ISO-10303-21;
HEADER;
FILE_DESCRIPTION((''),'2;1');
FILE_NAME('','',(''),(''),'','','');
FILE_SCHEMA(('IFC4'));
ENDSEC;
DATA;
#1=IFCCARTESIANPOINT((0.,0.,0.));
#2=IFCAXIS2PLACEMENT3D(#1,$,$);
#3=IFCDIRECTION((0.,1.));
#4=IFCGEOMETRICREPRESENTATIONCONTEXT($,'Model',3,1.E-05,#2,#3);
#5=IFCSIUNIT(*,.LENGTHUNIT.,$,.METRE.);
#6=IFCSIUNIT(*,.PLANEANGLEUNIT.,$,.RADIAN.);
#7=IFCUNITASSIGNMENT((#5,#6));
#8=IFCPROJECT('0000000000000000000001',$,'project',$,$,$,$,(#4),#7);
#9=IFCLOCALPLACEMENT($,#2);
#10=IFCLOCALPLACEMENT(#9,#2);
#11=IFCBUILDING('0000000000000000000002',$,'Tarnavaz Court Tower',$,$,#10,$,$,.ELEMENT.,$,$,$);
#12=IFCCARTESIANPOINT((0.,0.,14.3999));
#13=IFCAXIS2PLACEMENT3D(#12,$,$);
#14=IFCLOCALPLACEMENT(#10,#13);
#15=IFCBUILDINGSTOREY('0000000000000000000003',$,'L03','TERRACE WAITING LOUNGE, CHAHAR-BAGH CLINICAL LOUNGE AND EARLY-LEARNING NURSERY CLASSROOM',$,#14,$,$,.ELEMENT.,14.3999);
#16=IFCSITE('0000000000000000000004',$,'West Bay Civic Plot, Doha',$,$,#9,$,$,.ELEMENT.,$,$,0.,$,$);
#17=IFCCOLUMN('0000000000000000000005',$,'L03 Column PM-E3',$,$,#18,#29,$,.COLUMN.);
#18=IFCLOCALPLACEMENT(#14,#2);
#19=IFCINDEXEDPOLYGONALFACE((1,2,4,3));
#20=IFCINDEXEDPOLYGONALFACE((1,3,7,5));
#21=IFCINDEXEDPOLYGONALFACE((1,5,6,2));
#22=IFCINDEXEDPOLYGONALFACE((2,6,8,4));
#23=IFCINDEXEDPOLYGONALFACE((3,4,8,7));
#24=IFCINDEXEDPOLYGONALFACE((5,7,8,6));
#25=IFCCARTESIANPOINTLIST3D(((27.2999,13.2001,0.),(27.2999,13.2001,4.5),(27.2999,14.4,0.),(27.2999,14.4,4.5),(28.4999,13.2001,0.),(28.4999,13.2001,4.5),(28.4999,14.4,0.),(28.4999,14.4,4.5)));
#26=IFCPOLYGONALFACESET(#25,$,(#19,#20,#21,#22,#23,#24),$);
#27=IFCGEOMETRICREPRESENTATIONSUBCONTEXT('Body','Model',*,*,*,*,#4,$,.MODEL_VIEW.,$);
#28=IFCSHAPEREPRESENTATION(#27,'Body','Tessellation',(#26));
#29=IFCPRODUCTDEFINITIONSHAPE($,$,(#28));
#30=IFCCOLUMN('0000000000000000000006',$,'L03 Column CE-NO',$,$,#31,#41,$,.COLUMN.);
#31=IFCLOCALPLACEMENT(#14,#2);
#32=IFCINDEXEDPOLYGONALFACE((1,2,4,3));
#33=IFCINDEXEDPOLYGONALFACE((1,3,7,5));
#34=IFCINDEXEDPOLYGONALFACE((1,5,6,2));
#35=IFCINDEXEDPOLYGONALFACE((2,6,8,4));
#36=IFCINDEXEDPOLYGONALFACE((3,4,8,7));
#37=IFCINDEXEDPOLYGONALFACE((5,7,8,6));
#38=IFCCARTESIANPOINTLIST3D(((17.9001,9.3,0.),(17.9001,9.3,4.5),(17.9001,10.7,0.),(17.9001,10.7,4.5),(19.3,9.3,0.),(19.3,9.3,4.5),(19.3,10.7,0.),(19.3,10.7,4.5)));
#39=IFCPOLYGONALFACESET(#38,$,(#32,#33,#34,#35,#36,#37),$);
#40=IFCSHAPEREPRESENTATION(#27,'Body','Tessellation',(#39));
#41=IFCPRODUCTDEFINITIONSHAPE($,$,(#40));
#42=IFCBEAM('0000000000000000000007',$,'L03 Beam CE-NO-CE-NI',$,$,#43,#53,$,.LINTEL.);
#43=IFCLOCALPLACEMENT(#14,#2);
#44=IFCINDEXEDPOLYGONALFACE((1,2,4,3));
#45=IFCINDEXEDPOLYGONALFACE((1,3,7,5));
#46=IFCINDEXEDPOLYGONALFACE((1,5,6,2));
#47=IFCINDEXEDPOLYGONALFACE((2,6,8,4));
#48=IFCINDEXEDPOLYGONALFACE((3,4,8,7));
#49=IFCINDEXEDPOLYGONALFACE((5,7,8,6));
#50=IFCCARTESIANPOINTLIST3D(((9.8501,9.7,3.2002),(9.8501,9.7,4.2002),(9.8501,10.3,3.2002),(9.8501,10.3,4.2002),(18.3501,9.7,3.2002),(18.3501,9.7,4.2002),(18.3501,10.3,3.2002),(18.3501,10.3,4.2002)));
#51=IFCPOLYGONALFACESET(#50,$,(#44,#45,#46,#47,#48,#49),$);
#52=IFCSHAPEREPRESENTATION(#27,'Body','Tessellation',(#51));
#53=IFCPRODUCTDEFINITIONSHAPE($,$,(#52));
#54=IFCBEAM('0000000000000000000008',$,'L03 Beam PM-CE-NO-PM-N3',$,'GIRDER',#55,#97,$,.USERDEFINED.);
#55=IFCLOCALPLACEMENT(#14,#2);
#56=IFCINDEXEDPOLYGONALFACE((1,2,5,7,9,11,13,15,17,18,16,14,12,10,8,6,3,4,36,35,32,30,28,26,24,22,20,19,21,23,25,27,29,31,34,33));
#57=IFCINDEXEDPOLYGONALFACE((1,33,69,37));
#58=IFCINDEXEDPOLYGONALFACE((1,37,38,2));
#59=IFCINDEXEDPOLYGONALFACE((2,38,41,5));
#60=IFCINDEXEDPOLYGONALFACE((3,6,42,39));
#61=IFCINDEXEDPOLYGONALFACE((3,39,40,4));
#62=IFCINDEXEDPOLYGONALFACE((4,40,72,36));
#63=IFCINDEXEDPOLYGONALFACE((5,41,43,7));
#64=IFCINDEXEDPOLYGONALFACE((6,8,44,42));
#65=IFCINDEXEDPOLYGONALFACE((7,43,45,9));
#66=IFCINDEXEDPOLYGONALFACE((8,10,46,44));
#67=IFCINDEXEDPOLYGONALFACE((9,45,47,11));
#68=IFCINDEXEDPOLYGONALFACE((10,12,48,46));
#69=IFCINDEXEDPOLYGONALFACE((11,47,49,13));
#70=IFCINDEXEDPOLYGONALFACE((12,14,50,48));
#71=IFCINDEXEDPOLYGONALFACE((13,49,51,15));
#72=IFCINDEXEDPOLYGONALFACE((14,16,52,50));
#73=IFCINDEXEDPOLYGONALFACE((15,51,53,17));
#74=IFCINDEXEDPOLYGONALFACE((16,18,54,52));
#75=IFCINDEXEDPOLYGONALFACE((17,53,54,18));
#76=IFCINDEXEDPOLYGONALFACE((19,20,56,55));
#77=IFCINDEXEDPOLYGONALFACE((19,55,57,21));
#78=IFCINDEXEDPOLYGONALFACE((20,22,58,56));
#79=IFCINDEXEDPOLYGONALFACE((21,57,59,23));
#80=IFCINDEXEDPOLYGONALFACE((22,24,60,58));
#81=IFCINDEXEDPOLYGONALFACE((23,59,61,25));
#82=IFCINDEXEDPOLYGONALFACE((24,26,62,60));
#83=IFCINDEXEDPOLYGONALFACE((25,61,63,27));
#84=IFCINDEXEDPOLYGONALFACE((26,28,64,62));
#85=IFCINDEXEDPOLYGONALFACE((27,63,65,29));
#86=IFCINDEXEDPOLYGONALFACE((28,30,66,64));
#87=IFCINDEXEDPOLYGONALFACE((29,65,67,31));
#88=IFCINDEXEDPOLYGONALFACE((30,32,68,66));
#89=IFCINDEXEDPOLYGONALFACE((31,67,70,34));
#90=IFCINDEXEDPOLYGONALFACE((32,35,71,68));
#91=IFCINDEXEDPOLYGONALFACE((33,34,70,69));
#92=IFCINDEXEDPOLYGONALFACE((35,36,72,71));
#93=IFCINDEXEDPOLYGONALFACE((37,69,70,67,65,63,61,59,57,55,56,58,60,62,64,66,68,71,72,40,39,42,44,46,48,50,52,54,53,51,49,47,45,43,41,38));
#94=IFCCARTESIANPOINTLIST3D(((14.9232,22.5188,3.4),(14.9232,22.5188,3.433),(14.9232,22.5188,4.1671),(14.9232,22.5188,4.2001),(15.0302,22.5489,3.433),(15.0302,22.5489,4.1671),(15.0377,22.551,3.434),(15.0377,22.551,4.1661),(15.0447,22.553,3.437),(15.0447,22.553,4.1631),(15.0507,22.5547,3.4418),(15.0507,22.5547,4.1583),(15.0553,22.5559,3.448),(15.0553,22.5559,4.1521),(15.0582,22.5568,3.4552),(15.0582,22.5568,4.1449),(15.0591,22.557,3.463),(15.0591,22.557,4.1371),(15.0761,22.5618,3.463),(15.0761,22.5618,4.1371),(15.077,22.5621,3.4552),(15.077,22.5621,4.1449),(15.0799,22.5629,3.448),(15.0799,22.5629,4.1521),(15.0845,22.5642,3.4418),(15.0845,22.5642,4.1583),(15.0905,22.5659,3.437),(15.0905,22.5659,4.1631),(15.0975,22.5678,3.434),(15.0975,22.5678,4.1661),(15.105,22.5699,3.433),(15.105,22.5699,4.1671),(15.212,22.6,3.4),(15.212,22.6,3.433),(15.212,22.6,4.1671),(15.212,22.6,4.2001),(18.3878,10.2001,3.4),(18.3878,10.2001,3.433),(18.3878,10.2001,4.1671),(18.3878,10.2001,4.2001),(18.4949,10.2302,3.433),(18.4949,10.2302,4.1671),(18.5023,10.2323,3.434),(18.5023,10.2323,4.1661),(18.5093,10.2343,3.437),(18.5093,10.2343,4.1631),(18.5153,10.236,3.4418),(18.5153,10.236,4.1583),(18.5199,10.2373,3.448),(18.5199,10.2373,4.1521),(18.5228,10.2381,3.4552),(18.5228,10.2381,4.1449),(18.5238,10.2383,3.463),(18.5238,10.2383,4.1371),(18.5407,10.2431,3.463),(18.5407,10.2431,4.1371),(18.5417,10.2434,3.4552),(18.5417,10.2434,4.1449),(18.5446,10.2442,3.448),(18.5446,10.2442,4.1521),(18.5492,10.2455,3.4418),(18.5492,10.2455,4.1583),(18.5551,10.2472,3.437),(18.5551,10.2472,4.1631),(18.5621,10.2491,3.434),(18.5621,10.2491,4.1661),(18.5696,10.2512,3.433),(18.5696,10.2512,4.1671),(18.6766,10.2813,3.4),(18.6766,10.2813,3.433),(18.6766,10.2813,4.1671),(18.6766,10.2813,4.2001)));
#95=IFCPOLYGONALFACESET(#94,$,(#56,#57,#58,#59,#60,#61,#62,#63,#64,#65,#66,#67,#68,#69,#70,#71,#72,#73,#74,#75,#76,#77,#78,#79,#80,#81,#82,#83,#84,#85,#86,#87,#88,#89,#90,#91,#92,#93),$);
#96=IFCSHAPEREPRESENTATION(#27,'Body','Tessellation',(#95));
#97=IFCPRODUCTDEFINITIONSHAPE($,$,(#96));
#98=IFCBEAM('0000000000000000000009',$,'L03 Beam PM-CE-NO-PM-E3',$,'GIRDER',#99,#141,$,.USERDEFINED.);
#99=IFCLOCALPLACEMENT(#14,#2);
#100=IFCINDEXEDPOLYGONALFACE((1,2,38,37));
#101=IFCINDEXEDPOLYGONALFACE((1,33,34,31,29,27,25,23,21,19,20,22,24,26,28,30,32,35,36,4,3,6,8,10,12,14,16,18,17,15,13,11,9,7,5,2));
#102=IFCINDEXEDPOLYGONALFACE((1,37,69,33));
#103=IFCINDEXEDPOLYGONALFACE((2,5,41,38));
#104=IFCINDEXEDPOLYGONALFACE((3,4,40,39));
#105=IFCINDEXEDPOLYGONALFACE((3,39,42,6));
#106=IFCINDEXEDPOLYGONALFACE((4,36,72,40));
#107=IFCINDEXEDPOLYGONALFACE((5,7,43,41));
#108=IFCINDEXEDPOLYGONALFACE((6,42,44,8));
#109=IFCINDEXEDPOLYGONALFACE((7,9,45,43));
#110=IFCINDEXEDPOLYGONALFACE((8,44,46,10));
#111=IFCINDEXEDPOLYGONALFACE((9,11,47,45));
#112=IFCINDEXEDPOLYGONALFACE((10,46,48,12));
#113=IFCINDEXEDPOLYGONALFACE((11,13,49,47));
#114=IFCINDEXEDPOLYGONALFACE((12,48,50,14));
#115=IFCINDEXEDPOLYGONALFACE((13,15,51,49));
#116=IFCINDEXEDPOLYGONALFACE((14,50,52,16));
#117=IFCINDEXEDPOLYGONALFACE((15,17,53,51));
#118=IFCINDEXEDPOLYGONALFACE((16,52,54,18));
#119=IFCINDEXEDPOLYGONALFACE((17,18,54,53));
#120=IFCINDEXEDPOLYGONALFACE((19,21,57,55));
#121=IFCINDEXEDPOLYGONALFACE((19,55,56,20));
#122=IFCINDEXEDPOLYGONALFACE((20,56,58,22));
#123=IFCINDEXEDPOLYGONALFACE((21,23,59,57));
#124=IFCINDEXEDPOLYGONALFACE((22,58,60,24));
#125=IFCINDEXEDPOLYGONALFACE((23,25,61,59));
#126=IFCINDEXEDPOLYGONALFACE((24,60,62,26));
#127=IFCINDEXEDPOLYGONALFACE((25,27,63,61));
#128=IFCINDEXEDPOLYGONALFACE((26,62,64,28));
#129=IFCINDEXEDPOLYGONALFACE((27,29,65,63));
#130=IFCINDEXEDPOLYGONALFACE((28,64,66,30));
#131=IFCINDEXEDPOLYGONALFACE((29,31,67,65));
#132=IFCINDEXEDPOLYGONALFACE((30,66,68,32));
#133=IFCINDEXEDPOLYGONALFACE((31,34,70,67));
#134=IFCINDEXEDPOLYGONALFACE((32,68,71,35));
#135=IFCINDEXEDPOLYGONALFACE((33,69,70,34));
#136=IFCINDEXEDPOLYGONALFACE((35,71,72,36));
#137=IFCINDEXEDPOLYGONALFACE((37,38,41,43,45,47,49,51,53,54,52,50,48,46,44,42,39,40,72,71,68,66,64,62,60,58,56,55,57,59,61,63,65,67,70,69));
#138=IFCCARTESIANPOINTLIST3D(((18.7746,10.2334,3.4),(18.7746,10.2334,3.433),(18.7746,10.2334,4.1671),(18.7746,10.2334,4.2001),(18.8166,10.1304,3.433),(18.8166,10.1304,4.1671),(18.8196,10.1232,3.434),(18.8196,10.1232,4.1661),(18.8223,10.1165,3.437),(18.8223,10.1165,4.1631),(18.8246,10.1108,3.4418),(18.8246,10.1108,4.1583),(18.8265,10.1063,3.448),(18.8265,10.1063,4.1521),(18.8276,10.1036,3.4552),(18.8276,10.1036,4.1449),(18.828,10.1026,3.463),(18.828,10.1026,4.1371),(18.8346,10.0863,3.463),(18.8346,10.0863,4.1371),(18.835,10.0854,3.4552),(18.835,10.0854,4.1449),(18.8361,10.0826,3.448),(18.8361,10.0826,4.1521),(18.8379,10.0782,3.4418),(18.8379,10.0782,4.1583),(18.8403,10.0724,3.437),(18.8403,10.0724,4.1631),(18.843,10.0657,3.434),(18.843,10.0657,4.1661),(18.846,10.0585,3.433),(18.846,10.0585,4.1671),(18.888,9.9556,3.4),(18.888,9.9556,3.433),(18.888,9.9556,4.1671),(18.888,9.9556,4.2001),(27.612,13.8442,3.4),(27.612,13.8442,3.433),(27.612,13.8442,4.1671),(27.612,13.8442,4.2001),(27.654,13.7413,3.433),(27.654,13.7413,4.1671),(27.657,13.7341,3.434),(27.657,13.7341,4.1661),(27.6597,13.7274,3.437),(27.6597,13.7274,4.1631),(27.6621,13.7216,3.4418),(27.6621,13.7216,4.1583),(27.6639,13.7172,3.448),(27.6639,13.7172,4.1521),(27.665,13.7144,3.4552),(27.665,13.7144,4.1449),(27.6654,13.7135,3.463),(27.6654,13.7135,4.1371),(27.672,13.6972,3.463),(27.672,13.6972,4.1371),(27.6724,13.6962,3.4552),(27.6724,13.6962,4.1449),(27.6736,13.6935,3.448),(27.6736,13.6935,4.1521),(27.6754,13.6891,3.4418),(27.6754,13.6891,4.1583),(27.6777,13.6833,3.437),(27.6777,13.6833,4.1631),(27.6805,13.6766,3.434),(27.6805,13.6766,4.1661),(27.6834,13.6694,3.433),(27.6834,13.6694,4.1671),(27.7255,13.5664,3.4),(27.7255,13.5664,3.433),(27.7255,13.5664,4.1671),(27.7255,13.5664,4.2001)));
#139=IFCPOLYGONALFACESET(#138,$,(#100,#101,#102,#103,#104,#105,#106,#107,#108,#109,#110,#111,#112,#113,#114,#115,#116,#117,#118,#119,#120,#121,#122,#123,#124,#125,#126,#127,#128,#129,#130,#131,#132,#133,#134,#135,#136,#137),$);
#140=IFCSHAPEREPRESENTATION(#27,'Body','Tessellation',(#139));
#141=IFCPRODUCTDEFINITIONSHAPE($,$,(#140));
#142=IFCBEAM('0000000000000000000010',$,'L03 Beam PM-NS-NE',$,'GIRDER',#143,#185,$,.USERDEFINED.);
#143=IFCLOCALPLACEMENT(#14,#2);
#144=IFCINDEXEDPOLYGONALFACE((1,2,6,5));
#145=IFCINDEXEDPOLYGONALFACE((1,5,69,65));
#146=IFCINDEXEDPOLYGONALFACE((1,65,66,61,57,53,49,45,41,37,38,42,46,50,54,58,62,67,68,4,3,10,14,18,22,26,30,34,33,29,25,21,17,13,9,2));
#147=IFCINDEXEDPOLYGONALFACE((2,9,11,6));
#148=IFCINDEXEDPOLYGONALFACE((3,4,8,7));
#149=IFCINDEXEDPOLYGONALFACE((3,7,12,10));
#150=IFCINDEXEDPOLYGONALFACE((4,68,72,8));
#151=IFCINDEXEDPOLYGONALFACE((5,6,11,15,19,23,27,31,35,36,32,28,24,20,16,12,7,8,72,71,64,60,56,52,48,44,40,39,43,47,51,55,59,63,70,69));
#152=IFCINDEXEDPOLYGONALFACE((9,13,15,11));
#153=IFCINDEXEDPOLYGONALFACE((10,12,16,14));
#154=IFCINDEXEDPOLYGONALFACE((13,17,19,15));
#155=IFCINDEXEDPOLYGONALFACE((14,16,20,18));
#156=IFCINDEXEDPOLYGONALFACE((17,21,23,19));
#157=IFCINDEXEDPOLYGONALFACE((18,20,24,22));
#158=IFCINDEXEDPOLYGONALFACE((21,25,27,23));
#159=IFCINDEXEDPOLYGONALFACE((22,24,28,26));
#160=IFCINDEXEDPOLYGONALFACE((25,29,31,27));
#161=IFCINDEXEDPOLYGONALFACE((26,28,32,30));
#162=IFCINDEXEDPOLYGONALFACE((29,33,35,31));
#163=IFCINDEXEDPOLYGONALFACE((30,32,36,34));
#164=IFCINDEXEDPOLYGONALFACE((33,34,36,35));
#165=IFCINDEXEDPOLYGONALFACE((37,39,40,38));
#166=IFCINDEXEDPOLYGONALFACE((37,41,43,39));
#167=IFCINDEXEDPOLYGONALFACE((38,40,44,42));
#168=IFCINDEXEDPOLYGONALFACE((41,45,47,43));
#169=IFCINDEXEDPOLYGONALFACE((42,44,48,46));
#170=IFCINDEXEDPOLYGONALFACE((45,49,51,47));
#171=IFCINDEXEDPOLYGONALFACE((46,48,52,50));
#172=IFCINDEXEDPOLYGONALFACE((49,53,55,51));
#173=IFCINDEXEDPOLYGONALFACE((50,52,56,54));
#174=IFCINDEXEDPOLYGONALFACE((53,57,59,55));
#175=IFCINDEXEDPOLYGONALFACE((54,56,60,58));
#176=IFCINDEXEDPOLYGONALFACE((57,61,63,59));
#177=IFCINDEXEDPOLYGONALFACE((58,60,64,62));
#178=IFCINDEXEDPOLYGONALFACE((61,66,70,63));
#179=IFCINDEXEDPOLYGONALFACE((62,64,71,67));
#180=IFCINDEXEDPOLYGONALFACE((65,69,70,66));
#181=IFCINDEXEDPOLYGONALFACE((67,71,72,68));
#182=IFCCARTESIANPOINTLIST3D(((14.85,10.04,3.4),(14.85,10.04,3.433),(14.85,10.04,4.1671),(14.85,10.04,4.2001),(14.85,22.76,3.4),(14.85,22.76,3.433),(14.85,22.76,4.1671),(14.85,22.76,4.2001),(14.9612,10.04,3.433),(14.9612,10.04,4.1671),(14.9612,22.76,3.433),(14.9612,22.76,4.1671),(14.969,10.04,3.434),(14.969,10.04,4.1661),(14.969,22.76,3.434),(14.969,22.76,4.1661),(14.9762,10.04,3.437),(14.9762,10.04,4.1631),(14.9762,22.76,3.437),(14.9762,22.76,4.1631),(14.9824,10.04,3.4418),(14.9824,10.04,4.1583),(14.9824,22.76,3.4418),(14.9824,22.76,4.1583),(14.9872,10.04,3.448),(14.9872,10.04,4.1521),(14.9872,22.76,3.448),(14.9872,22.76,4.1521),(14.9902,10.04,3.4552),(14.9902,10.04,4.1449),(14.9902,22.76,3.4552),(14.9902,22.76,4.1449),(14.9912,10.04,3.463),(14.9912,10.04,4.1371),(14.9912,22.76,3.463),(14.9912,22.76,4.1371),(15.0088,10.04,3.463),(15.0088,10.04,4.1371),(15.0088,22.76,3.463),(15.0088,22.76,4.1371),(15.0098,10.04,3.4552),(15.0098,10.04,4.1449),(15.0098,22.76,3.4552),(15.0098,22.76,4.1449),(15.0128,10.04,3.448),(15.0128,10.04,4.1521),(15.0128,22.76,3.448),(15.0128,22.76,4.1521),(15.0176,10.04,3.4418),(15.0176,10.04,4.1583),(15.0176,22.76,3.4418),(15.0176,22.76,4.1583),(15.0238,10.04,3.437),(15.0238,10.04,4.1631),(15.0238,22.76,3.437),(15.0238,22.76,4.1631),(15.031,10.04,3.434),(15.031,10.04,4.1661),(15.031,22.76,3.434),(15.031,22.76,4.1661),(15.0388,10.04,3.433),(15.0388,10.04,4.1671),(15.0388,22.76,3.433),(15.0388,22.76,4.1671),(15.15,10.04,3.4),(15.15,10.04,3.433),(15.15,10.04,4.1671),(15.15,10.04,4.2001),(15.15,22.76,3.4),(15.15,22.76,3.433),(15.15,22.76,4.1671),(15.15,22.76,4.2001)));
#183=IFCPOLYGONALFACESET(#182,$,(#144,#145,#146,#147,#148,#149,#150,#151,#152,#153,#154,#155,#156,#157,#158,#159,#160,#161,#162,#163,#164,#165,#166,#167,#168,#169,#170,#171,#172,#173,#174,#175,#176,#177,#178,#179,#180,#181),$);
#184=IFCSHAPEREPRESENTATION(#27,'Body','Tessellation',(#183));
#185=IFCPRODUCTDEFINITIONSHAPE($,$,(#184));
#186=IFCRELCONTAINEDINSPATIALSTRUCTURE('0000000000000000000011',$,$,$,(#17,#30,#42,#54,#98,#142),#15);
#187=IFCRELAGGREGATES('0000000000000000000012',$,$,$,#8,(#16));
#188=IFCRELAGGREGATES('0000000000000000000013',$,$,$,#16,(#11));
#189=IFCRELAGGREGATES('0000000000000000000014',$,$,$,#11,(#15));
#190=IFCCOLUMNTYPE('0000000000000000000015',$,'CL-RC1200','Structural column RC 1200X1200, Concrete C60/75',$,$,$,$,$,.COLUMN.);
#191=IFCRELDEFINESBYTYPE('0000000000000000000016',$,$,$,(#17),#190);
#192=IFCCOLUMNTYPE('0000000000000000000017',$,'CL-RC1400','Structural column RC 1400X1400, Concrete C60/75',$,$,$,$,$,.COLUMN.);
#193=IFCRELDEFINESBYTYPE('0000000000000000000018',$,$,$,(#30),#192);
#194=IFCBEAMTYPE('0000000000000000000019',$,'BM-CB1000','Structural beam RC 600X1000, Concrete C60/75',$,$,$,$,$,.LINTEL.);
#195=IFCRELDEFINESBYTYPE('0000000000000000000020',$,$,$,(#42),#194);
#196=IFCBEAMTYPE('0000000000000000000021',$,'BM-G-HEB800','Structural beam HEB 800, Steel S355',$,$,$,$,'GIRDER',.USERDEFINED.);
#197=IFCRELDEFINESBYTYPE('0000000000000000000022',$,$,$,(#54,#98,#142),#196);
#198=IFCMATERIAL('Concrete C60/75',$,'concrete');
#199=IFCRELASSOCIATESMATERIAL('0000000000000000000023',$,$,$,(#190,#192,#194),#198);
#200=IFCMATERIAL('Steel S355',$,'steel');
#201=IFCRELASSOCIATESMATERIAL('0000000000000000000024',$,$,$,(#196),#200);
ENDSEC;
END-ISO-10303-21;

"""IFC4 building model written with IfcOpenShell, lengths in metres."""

from ifc_helpers import new_model, si_unit, direction, frame, origin, origin_2d, place, context, subcontext, project, spatial, rectangle, i_section, extrude, material, material_profile, profile_set, type_object, element, save


model = new_model("IFC4")

# Units and contexts
model_context = context("Model", 3, precision=1e-05, world=origin(), true_north=direction((0.0, 1.0)))
body_context = subcontext(model_context, "Body", "Model", "MODEL_VIEW")
ifc_project = project(units=[si_unit("LENGTHUNIT", "METRE"), si_unit("PLANEANGLEUNIT", "RADIAN")], contexts=[model_context])

# Site, building, storey
site_placement = place(None, origin())
site = spatial("IfcSite", under=ifc_project, at=site_placement, Name="West Bay Civic Plot, Doha", CompositionType="ELEMENT", RefElevation=0.0)
building_placement = place(site_placement, origin())
building = spatial("IfcBuilding", under=site, at=building_placement, Name="Tarnavaz Court Tower", CompositionType="ELEMENT")
storey_placement = place(building_placement, frame((0.0, 0.0, 14.3999)))
storey = spatial("IfcBuildingStorey", under=building, at=storey_placement, Name="L03", Description="TERRACE WAITING LOUNGE, CHAHAR-BAGH CLINICAL LOUNGE AND EARLY-LEARNING NURSERY CLASSROOM", CompositionType="ELEMENT", Elevation=14.3999)

# Columns
ifc_material_1 = material(Name="Concrete C60/75", Category="concrete")
ifc_material_profile_1 = material_profile(ifc_material_1, rectangle(XDim=1.2, YDim=1.2, at=origin_2d()), Name="RC 1200X1200")
ifc_profile_set_1 = profile_set([ifc_material_profile_1], Name="Concrete C60/75")
column_type_1 = type_object("IfcColumnType", Name="CL-RC1200", Description="Structural column RC 1200X1200, Concrete C60/75", PredefinedType="COLUMN", material=ifc_profile_set_1)
column_1_placement = place(storey_placement, frame((27.8999, 13.8, 0.0), z_axis=(0.0, 0.0, 1.0), x_axis=(1.0, 0.0, 0.0)))
element("IfcColumn", 1, at=column_1_placement, inside=storey, type_object=column_type_1, Name="L03 Column PM-E3", PredefinedType="COLUMN", context=body_context, shape_type="SweptSolid", body=[
    extrude(rectangle(XDim=1.2, YDim=1.2, at=origin_2d()), origin(), (0.0, 0.0, 1.0), 4.5),
])
ifc_material_profile_2 = material_profile(ifc_material_1, rectangle(XDim=1.3999, YDim=1.3999, at=origin_2d()), Name="RC 1400X1400")
ifc_profile_set_2 = profile_set([ifc_material_profile_2], Name="Concrete C60/75")
column_type_2 = type_object("IfcColumnType", Name="CL-RC1400", Description="Structural column RC 1400X1400, Concrete C60/75", PredefinedType="COLUMN", material=ifc_profile_set_2)
column_2_placement = place(storey_placement, frame((18.6001, 10.0, 0.0), z_axis=(0.0, 0.0, 1.0), x_axis=(1.0, 0.0, 0.0)))
element("IfcColumn", 2, at=column_2_placement, inside=storey, type_object=column_type_2, Name="L03 Column CE-NO", PredefinedType="COLUMN", context=body_context, shape_type="SweptSolid", body=[
    extrude(rectangle(XDim=1.3999, YDim=1.3999, at=origin_2d()), origin(), (0.0, 0.0, 1.0), 4.5),
])

# Beams
ifc_material_profile_3 = material_profile(ifc_material_1, rectangle(XDim=0.6001, YDim=1.0, at=origin_2d()), Name="RC 600X1000")
ifc_profile_set_3 = profile_set([ifc_material_profile_3], Name="Concrete C60/75")
beam_type_1 = type_object("IfcBeamType", Name="BM-CB1000", Description="Structural beam RC 600X1000, Concrete C60/75", PredefinedType="LINTEL", material=ifc_profile_set_3)
beam_1_placement = place(storey_placement, frame((18.3501, 10.0, 3.7002), z_axis=(-1.0, 0.0, 0.0), x_axis=(0.0, -1.0, 0.0)))
element("IfcBeam", 3, at=beam_1_placement, inside=storey, type_object=beam_type_1, Name="L03 Beam CE-NO-CE-NI", PredefinedType="LINTEL", context=body_context, shape_type="SweptSolid", body=[
    extrude(rectangle(XDim=0.6001, YDim=1.0, at=origin_2d()), origin(), (0.0, 0.0, 1.0), 8.5),
])
ifc_material_2 = material(Name="Steel S355", Category="steel")
ifc_material_profile_4 = material_profile(ifc_material_2, i_section(OverallWidth=0.3, OverallDepth=0.8, WebThickness=0.0176, FlangeThickness=0.033, FilletRadius=0.03, at=origin_2d()), Name="HEB 800")
ifc_profile_set_4 = profile_set([ifc_material_profile_4], Name="Steel S355")
beam_type_2 = type_object("IfcBeamType", Name="BM-G-HEB800", Description="Structural beam HEB 800, Steel S355", ElementType="GIRDER", PredefinedType="USERDEFINED", material=ifc_profile_set_4)
beam_2_placement = place(storey_placement, frame((18.5322, 10.2407, 3.8), z_axis=(-0.270745, 0.962651, 0.0), x_axis=(-0.962651, -0.270745, 0.0)))
element("IfcBeam", 4, at=beam_2_placement, inside=storey, type_object=beam_type_2, Name="L03 Beam PM-CE-NO-PM-N3", ObjectType="GIRDER", PredefinedType="USERDEFINED", context=body_context, shape_type="SweptSolid", body=[
    extrude(i_section(OverallWidth=0.3, OverallDepth=0.8, WebThickness=0.0176, FlangeThickness=0.033, FilletRadius=0.03, at=origin_2d()), origin(), (0.0, 0.0, 1.0), 12.7966),
])
beam_3_placement = place(storey_placement, frame((18.8313, 10.0945, 3.8), z_axis=(0.925711, 0.378233, 0.0), x_axis=(-0.378233, 0.925711, 0.0)))
element("IfcBeam", 5, at=beam_3_placement, inside=storey, type_object=beam_type_2, Name="L03 Beam PM-CE-NO-PM-E3", ObjectType="GIRDER", PredefinedType="USERDEFINED", context=body_context, shape_type="SweptSolid", body=[
    extrude(i_section(OverallWidth=0.3, OverallDepth=0.8, WebThickness=0.0176, FlangeThickness=0.033, FilletRadius=0.03, at=origin_2d()), origin(), (0.0, 0.0, 1.0), 9.5466),
])
beam_4_placement = place(storey_placement, frame((15.0, 10.04, 3.8), z_axis=(0.0, 1.0, 0.0), x_axis=(-1.0, 0.0, 0.0)))
element("IfcBeam", 6, at=beam_4_placement, inside=storey, type_object=beam_type_2, Name="L03 Beam PM-NS-NE", ObjectType="GIRDER", PredefinedType="USERDEFINED", context=body_context, shape_type="SweptSolid", body=[
    extrude(i_section(OverallWidth=0.3, OverallDepth=0.8, WebThickness=0.0176, FlangeThickness=0.033, FilletRadius=0.03, at=origin_2d()), origin(), (0.0, 0.0, 1.0), 12.72),
])

save(model, "model.ifc")
